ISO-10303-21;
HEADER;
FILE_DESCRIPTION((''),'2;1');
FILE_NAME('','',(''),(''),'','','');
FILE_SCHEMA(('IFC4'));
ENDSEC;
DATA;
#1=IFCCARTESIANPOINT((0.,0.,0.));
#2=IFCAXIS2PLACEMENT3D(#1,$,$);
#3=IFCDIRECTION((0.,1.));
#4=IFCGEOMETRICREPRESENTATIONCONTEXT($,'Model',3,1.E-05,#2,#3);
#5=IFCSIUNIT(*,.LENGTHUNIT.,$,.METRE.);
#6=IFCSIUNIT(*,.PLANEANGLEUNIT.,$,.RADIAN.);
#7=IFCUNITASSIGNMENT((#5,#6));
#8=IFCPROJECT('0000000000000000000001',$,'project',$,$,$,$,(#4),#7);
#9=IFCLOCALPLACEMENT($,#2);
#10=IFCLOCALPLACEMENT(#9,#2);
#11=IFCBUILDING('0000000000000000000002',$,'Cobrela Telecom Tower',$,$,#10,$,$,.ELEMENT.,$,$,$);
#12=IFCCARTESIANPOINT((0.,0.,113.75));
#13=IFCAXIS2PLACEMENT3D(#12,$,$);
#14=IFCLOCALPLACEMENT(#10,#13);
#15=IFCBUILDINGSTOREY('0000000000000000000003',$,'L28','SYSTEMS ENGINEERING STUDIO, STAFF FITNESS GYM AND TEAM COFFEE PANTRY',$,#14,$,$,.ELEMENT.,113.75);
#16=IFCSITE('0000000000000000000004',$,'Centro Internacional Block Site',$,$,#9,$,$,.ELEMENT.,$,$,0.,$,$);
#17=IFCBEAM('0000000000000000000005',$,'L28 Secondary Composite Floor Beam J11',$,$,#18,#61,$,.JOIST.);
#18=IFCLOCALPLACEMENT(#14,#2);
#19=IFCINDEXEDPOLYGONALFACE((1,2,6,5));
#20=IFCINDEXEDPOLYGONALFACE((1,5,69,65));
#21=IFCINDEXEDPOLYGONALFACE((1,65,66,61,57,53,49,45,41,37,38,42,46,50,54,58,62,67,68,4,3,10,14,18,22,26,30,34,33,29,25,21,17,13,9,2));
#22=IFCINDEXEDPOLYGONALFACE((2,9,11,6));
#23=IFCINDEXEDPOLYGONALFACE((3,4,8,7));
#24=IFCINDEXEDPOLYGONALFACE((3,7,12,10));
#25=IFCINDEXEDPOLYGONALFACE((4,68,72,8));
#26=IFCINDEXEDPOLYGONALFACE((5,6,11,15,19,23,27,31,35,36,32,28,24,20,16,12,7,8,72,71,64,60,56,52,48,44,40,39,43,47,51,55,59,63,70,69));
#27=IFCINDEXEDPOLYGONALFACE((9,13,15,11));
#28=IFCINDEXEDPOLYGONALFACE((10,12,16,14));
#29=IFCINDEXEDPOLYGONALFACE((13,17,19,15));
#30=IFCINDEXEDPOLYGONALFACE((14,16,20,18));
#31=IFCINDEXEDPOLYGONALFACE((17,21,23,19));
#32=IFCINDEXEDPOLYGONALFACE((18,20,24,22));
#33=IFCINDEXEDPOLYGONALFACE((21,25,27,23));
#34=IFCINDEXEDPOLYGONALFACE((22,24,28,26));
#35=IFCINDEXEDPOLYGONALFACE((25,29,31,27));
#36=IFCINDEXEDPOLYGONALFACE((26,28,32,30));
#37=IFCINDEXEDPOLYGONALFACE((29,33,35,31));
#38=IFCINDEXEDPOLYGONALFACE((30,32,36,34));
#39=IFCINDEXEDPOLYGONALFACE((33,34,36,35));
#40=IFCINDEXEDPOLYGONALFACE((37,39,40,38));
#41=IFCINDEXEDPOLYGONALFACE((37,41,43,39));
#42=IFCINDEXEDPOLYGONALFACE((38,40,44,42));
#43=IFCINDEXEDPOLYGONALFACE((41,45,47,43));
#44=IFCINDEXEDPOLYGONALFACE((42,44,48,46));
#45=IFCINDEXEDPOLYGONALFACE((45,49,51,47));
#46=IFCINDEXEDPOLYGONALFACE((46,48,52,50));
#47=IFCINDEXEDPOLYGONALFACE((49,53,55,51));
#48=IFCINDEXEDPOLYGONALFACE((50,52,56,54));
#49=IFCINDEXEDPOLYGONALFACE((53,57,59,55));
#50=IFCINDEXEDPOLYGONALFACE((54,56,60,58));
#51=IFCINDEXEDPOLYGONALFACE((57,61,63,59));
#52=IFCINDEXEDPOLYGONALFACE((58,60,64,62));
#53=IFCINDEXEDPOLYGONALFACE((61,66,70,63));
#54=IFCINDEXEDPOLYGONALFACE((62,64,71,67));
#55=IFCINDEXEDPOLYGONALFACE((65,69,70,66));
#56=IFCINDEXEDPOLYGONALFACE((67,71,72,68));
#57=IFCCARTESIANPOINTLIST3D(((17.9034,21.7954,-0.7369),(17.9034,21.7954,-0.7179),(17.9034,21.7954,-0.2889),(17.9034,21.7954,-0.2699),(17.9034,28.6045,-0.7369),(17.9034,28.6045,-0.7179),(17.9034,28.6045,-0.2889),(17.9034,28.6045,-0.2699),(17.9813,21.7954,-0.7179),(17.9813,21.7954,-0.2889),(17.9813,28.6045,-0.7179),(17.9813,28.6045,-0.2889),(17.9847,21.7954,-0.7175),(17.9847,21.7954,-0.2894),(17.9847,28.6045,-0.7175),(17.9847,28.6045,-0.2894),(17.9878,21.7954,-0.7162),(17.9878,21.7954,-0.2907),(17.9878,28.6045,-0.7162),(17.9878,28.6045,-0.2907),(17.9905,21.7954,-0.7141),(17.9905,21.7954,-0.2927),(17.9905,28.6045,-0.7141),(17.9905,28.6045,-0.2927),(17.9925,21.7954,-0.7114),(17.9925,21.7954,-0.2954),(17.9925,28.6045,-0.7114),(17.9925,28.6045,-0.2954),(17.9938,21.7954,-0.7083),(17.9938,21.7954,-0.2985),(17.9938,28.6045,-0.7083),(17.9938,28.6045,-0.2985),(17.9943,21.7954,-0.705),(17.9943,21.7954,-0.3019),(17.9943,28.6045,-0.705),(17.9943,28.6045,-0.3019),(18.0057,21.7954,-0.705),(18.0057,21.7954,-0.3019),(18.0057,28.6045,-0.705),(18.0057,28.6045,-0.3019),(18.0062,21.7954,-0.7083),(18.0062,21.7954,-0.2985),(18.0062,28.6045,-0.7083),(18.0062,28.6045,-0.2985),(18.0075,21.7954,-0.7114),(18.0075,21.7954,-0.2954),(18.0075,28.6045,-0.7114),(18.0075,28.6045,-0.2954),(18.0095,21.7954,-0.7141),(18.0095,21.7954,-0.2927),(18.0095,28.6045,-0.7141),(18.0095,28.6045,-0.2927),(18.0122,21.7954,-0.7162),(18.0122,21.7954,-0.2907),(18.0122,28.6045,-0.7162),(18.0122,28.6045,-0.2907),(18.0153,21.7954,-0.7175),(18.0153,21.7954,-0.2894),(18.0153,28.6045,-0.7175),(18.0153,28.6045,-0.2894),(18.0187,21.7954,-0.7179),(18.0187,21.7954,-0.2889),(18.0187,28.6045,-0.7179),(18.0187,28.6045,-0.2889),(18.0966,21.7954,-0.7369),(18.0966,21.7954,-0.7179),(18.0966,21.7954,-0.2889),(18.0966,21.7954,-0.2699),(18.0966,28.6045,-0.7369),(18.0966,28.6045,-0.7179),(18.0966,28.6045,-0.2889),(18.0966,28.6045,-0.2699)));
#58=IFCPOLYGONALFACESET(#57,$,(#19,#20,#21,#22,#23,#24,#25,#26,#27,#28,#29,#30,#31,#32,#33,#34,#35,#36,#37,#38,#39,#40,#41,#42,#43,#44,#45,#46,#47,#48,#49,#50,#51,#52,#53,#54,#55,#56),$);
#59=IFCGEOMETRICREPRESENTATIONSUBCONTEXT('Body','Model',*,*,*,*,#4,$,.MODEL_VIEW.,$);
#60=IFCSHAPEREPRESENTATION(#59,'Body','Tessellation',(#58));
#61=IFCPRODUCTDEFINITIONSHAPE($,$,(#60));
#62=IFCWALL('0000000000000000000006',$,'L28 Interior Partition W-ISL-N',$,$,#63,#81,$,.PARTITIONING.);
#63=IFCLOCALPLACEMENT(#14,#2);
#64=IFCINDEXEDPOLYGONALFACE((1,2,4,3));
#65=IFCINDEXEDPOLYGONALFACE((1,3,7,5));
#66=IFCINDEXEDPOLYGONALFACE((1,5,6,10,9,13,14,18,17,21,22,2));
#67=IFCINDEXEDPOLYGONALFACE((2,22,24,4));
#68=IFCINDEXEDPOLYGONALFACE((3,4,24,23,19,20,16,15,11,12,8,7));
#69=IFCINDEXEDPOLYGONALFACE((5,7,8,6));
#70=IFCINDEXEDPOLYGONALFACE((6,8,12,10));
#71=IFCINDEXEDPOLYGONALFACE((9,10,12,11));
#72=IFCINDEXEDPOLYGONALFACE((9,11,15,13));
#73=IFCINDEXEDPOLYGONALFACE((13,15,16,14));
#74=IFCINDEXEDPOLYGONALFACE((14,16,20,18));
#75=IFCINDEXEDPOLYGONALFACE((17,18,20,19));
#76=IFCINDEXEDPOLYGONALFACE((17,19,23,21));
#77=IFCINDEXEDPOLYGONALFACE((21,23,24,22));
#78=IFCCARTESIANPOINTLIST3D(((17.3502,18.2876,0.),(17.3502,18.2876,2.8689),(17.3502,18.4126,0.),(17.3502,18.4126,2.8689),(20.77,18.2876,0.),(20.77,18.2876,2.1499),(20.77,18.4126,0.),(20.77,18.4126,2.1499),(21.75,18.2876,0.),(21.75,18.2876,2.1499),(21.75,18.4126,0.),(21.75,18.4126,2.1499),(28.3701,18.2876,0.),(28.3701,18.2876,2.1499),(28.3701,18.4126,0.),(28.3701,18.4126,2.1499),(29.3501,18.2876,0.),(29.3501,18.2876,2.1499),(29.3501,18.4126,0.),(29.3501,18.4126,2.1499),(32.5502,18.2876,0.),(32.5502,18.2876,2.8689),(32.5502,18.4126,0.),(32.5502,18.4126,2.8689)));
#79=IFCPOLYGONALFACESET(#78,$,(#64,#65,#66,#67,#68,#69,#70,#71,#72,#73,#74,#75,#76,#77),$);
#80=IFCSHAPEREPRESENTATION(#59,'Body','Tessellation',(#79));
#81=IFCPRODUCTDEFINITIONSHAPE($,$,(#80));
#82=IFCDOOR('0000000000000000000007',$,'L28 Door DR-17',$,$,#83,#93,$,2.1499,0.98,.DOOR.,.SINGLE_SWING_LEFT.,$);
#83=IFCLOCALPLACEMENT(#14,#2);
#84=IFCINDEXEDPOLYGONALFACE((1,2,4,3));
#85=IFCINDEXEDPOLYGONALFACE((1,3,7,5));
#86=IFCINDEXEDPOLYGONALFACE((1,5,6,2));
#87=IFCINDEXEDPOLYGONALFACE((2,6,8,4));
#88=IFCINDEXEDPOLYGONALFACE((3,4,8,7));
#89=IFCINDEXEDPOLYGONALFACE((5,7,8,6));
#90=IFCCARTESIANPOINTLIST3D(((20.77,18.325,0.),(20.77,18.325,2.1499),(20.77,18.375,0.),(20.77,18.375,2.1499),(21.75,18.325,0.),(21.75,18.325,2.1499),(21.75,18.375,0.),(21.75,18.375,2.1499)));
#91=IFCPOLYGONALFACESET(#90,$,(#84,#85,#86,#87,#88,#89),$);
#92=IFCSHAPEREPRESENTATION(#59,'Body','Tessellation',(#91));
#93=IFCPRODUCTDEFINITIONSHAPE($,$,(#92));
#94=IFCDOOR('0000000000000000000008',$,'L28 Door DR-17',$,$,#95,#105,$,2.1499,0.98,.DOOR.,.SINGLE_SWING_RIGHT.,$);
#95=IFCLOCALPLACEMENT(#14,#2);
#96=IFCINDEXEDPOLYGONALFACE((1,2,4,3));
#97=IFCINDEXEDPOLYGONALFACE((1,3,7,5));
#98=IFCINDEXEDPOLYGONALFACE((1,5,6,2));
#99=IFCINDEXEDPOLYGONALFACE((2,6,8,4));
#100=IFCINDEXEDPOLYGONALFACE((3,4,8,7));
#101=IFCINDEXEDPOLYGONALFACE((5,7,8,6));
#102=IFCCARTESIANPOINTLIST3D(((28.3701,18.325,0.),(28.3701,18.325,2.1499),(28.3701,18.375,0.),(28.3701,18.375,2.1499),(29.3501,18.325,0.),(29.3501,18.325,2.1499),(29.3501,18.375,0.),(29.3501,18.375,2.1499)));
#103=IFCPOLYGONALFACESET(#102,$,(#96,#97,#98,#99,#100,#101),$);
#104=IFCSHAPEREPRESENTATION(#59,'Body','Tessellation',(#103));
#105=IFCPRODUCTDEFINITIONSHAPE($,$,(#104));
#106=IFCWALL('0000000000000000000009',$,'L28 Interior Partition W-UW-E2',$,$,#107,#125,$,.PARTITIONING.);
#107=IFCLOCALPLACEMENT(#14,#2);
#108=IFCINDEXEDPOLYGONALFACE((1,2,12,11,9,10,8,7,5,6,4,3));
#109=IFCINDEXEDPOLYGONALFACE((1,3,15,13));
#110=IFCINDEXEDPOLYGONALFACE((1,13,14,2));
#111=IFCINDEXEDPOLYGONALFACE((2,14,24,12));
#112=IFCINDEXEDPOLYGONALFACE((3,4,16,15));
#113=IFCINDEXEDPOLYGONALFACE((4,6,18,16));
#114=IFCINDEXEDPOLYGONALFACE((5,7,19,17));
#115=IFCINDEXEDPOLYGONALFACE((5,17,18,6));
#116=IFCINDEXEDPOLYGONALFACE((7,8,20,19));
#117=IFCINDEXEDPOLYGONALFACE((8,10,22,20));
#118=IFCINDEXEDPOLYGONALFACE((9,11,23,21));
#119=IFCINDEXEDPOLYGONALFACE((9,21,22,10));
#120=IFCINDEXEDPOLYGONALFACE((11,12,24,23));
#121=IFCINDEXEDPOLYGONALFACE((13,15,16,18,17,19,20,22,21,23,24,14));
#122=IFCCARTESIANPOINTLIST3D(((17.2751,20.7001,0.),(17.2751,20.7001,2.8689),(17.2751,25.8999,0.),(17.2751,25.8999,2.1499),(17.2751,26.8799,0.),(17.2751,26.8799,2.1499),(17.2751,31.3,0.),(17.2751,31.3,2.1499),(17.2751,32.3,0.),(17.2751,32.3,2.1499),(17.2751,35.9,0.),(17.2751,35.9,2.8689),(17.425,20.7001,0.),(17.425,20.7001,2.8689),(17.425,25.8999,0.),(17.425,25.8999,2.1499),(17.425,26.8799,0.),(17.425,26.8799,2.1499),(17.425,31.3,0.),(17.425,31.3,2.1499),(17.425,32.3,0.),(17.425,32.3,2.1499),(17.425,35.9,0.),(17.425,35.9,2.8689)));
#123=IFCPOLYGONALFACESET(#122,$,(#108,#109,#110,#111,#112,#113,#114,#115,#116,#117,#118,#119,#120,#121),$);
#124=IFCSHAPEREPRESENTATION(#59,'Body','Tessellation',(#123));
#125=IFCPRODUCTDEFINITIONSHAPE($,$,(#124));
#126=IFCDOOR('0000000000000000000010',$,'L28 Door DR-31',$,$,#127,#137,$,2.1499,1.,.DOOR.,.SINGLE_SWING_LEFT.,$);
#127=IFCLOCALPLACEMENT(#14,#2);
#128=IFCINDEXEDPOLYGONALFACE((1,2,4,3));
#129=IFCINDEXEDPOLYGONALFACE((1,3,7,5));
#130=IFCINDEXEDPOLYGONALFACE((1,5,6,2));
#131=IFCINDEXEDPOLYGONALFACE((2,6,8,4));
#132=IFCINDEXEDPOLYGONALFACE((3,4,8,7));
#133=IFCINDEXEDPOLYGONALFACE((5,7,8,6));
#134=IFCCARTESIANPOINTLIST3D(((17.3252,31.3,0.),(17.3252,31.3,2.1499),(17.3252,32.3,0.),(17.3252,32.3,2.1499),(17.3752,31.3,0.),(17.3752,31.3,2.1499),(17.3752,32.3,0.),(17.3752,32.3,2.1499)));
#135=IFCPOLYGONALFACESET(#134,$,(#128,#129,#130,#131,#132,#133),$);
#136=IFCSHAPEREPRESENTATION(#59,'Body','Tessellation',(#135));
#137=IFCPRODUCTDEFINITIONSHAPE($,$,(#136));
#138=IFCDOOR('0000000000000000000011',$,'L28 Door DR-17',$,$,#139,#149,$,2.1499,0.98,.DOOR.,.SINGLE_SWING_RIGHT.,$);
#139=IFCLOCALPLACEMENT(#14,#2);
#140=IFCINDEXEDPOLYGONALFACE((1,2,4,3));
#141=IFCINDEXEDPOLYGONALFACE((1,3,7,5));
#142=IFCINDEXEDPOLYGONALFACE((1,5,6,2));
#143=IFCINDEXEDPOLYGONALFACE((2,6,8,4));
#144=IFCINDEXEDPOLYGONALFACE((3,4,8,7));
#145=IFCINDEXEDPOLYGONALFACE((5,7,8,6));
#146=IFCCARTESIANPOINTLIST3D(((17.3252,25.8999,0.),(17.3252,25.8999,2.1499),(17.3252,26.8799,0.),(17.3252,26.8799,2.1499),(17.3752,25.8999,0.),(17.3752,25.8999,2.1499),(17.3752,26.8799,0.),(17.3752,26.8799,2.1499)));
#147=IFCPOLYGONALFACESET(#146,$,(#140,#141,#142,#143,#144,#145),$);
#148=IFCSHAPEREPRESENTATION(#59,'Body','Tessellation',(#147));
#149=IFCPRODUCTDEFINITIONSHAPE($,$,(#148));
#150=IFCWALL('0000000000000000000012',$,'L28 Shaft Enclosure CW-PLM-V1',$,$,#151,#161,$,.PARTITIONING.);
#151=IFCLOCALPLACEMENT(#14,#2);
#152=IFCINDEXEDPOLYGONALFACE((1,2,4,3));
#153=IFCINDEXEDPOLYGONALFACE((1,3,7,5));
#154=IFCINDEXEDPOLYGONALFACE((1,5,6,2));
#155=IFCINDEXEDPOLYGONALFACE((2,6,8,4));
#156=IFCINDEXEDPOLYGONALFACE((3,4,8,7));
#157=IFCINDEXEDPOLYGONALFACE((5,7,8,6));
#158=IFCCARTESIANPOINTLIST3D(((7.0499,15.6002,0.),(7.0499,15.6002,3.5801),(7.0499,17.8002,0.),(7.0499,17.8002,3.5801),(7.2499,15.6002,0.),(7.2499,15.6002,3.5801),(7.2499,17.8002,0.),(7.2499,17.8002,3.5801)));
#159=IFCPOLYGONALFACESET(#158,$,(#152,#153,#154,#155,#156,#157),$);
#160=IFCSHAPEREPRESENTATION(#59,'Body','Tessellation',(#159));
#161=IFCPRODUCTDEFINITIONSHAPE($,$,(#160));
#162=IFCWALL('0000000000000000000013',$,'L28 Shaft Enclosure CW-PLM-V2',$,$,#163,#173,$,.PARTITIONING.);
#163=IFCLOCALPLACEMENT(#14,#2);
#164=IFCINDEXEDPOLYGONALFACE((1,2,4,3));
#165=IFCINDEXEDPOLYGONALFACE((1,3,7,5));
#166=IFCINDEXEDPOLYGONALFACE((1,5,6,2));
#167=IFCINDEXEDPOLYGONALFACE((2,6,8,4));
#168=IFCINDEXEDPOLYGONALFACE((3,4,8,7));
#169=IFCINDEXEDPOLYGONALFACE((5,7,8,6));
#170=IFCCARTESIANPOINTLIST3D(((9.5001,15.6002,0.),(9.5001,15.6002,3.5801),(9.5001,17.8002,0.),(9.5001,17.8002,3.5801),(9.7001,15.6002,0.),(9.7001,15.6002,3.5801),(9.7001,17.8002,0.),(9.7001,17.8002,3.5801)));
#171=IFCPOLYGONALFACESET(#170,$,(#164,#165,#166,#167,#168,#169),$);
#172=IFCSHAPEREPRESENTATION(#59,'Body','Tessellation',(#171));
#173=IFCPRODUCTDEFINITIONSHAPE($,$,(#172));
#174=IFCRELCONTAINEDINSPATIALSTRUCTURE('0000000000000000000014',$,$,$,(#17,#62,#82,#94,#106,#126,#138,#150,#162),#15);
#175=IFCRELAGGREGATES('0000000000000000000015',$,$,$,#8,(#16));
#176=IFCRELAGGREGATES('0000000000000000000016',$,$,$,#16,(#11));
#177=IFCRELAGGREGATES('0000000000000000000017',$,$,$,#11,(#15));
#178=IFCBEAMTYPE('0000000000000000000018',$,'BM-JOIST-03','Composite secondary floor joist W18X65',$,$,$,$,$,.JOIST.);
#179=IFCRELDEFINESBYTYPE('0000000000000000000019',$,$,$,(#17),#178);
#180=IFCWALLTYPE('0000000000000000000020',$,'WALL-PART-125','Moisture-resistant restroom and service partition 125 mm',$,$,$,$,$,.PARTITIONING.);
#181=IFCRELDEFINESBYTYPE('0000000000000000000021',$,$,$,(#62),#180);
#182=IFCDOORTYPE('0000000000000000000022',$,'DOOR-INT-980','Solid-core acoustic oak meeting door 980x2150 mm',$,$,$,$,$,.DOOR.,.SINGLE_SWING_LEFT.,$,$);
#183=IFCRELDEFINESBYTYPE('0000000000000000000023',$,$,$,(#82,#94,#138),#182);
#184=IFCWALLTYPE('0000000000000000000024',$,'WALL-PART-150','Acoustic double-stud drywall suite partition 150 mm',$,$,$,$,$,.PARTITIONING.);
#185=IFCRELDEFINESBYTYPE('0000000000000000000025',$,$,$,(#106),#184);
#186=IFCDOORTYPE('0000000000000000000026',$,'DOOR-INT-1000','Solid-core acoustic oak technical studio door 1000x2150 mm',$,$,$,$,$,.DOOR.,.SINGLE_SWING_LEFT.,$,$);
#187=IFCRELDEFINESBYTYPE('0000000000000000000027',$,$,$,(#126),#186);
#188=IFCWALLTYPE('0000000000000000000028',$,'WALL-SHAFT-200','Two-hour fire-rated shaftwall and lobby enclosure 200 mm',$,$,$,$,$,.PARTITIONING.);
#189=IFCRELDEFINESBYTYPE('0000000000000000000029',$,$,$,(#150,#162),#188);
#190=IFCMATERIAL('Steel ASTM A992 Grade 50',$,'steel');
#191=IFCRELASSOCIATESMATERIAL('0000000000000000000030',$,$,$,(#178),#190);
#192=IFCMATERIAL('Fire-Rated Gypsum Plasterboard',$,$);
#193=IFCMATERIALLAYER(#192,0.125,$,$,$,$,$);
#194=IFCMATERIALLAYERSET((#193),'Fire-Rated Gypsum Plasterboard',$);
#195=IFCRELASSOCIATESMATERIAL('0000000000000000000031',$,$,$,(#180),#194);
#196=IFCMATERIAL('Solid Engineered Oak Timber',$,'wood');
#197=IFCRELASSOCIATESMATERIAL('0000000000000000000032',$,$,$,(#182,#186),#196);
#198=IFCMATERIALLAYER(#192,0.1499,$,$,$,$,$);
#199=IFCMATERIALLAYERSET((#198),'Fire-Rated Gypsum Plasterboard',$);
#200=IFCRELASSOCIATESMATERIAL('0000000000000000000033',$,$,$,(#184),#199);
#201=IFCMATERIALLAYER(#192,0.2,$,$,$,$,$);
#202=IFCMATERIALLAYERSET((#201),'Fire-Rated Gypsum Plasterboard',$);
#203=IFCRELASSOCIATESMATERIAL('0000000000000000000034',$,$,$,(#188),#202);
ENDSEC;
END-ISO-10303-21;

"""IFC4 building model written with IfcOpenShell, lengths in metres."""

from ifc_helpers import new_model, si_unit, direction, frame, frame_2d, origin, origin_2d, place, context, subcontext, project, spatial, rectangle, i_section, extrude, material, layer, layer_set, material_profile, profile_set, type_object, element, fill, save


model = new_model("IFC4")

# Units and contexts
model_context = context("Model", 3, precision=1e-05, world=origin(), true_north=direction((0.0, 1.0)))
body_context = subcontext(model_context, "Body", "Model", "MODEL_VIEW")
ifc_project = project(units=[si_unit("LENGTHUNIT", "METRE"), si_unit("PLANEANGLEUNIT", "RADIAN")], contexts=[model_context])

# Site, building, storey
site_placement = place(None, origin())
site = spatial("IfcSite", under=ifc_project, at=site_placement, Name="Centro Internacional Block Site", CompositionType="ELEMENT", RefElevation=0.0)
building_placement = place(site_placement, origin())
building = spatial("IfcBuilding", under=site, at=building_placement, Name="Cobrela Telecom Tower", CompositionType="ELEMENT")
storey_placement = place(building_placement, frame((0.0, 0.0, 113.75)))
storey = spatial("IfcBuildingStorey", under=building, at=storey_placement, Name="L28", Description="SYSTEMS ENGINEERING STUDIO, STAFF FITNESS GYM AND TEAM COFFEE PANTRY", CompositionType="ELEMENT", Elevation=113.75)

# Beam
ifc_material_1 = material(Name="Steel ASTM A992 Grade 50", Category="steel")
ifc_material_profile_1 = material_profile(ifc_material_1, i_section(OverallWidth=0.1931, OverallDepth=0.467, WebThickness=0.0115, FlangeThickness=0.019, FilletRadius=0.0129, at=origin_2d()), Name="W18X65")
ifc_profile_set_1 = profile_set([ifc_material_profile_1], Name="Steel ASTM A992 Grade 50")
beam_type_1 = type_object("IfcBeamType", Name="BM-JOIST-03", Description="Composite secondary floor joist W18X65", PredefinedType="JOIST", material=ifc_profile_set_1)
for number, where, z_axis, x_axis, name in (
    (1, (18.0, 21.7954, -0.5034), (0.0, 1.0, 0.0), (-1.0, 0.0, 0.0), "L28 Secondary Composite Floor Beam J11"),
):
    element("IfcBeam", number, at=place(storey_placement, frame(where, z_axis=z_axis, x_axis=x_axis)), inside=storey, type_object=beam_type_1, Name=name, PredefinedType="JOIST", context=body_context, shape_type="SweptSolid", body=[
        extrude(i_section(OverallWidth=0.1931, OverallDepth=0.467, WebThickness=0.0115, FlangeThickness=0.019, FilletRadius=0.0129, at=origin_2d()), origin(), (0.0, 0.0, 1.0), 6.8091),
    ])

# Walls, openings, doors
ifc_material_2 = material(Name="Fire-Rated Gypsum Plasterboard")
ifc_layer_1 = layer(ifc_material_2, 0.125)
ifc_layer_set_1 = layer_set([ifc_layer_1], Name="Fire-Rated Gypsum Plasterboard")
wall_type_1 = type_object("IfcWallType", Name="WALL-PART-125", Description="Moisture-resistant restroom and service partition 125 mm", PredefinedType="PARTITIONING", material=ifc_layer_set_1)
wall_1_placement = place(storey_placement, frame((17.3501, 18.3501, 0.0), z_axis=(0.0, 0.0, 1.0), x_axis=(1.0, 0.0, 0.0)))
wall_1 = element("IfcWall", 2, at=wall_1_placement, inside=storey, type_object=wall_type_1, Name="L28 Interior Partition W-ISL-N", PredefinedType="PARTITIONING", context=body_context, shape_type="SweptSolid", body=[
    extrude(rectangle(XDim=15.2, YDim=0.125, at=frame_2d((7.6001, 0.0))), origin(), (0.0, 0.0, 1.0), 2.8689),
])
opening_1_placement = place(wall_1_placement, frame((3.4199, 0.0, 0.0)))
opening_1 = element("IfcOpeningElement", 3, at=opening_1_placement, cuts=wall_1, PredefinedType="OPENING", context=body_context, shape_type="SweptSolid", body=[
    extrude(rectangle(XDim=0.98, YDim=2.1499, at=frame_2d((0.49, 1.075))), frame((0.0, 0.0745, 0.0), z_axis=(0.0, -1.0, 0.0), x_axis=(1.0, 0.0, 0.0)), (0.0, 0.0, 1.0), 0.1489),
])
opening_2_placement = place(wall_1_placement, frame((11.02, 0.0, 0.0)))
opening_2 = element("IfcOpeningElement", 4, at=opening_2_placement, cuts=wall_1, PredefinedType="OPENING", context=body_context, shape_type="SweptSolid", body=[
    extrude(rectangle(XDim=0.98, YDim=2.1499, at=frame_2d((0.49, 1.075))), frame((0.0, 0.0745, 0.0), z_axis=(0.0, -1.0, 0.0), x_axis=(1.0, 0.0, 0.0)), (0.0, 0.0, 1.0), 0.1489),
])
ifc_material_3 = material(Name="Solid Engineered Oak Timber", Category="wood")
door_type_1 = type_object("IfcDoorType", Name="DOOR-INT-980", Description="Solid-core acoustic oak meeting door 980x2150 mm", OperationType="SINGLE_SWING_LEFT", PredefinedType="DOOR", material=ifc_material_3)
door_1_placement = place(opening_1_placement, origin())
door_1 = element("IfcDoor", 5, at=door_1_placement, inside=storey, type_object=door_type_1, Name="L28 Door DR-17", OperationType="SINGLE_SWING_LEFT", OverallHeight=2.1499, OverallWidth=0.98, PredefinedType="DOOR", context=body_context, shape_type="SweptSolid", body=[
    extrude(rectangle(XDim=0.98, YDim=2.1499, at=frame_2d((0.49, 1.075))), frame((0.0, 0.0249, 0.0), z_axis=(0.0, -1.0, 0.0), x_axis=(1.0, 0.0, 0.0)), (0.0, 0.0, 1.0), 0.05),
])
fill(opening_1, door_1)
door_2_placement = place(opening_2_placement, origin())
door_2 = element("IfcDoor", 6, at=door_2_placement, inside=storey, type_object=door_type_1, Name="L28 Door DR-17", OperationType="SINGLE_SWING_RIGHT", OverallHeight=2.1499, OverallWidth=0.98, PredefinedType="DOOR", context=body_context, shape_type="SweptSolid", body=[
    extrude(rectangle(XDim=0.98, YDim=2.1499, at=frame_2d((0.49, 1.075))), frame((0.0, 0.0249, 0.0), z_axis=(0.0, -1.0, 0.0), x_axis=(1.0, 0.0, 0.0)), (0.0, 0.0, 1.0), 0.05),
])
fill(opening_2, door_2)
ifc_layer_2 = layer(ifc_material_2, 0.1499)
ifc_layer_set_2 = layer_set([ifc_layer_2], Name="Fire-Rated Gypsum Plasterboard")
wall_type_2 = type_object("IfcWallType", Name="WALL-PART-150", Description="Acoustic double-stud drywall suite partition 150 mm", PredefinedType="PARTITIONING", material=ifc_layer_set_2)
wall_2_placement = place(storey_placement, frame((17.3501, 20.7, 0.0), z_axis=(0.0, 0.0, 1.0), x_axis=(0.0, 1.0, 0.0)))
wall_2 = element("IfcWall", 7, at=wall_2_placement, inside=storey, type_object=wall_type_2, Name="L28 Interior Partition W-UW-E2", PredefinedType="PARTITIONING", context=body_context, shape_type="SweptSolid", body=[
    extrude(rectangle(XDim=15.2, YDim=0.1499, at=frame_2d((7.6001, 0.0))), origin(), (0.0, 0.0, 1.0), 2.8689),
])
opening_3_placement = place(wall_2_placement, frame((5.2, 0.0, 0.0)))
opening_3 = element("IfcOpeningElement", 8, at=opening_3_placement, cuts=wall_2, PredefinedType="OPENING", context=body_context, shape_type="SweptSolid", body=[
    extrude(rectangle(XDim=0.98, YDim=2.1499, at=frame_2d((0.49, 1.075))), frame((0.0, 0.0869, 0.0), z_axis=(0.0, -1.0, 0.0), x_axis=(1.0, 0.0, 0.0)), (0.0, 0.0, 1.0), 0.1738),
])
opening_4_placement = place(wall_2_placement, frame((10.6001, 0.0, 0.0)))
opening_4 = element("IfcOpeningElement", 9, at=opening_4_placement, cuts=wall_2, PredefinedType="OPENING", context=body_context, shape_type="SweptSolid", body=[
    extrude(rectangle(XDim=1.0, YDim=2.1499, at=frame_2d((0.5, 1.075))), frame((0.0, 0.0869, 0.0), z_axis=(0.0, -1.0, 0.0), x_axis=(1.0, 0.0, 0.0)), (0.0, 0.0, 1.0), 0.1738),
])
door_type_2 = type_object("IfcDoorType", Name="DOOR-INT-1000", Description="Solid-core acoustic oak technical studio door 1000x2150 mm", OperationType="SINGLE_SWING_LEFT", PredefinedType="DOOR", material=ifc_material_3)
door_3_placement = place(opening_4_placement, origin())
door_3 = element("IfcDoor", 10, at=door_3_placement, inside=storey, type_object=door_type_2, Name="L28 Door DR-31", OperationType="SINGLE_SWING_LEFT", OverallHeight=2.1499, OverallWidth=1.0, PredefinedType="DOOR", context=body_context, shape_type="SweptSolid", body=[
    extrude(rectangle(XDim=1.0, YDim=2.1499, at=frame_2d((0.5, 1.075))), frame((0.0, 0.0249, 0.0), z_axis=(0.0, -1.0, 0.0), x_axis=(1.0, 0.0, 0.0)), (0.0, 0.0, 1.0), 0.05),
])
fill(opening_4, door_3)
door_4_placement = place(opening_3_placement, origin())
door_4 = element("IfcDoor", 11, at=door_4_placement, inside=storey, type_object=door_type_1, Name="L28 Door DR-17", OperationType="SINGLE_SWING_RIGHT", OverallHeight=2.1499, OverallWidth=0.98, PredefinedType="DOOR", context=body_context, shape_type="SweptSolid", body=[
    extrude(rectangle(XDim=0.98, YDim=2.1499, at=frame_2d((0.49, 1.075))), frame((0.0, 0.0249, 0.0), z_axis=(0.0, -1.0, 0.0), x_axis=(1.0, 0.0, 0.0)), (0.0, 0.0, 1.0), 0.05),
])
fill(opening_3, door_4)

# Walls
ifc_layer_3 = layer(ifc_material_2, 0.2)
ifc_layer_set_3 = layer_set([ifc_layer_3], Name="Fire-Rated Gypsum Plasterboard")
wall_type_3 = type_object("IfcWallType", Name="WALL-SHAFT-200", Description="Two-hour fire-rated shaftwall and lobby enclosure 200 mm", PredefinedType="PARTITIONING", material=ifc_layer_set_3)
for number, where, z_axis, x_axis, name in (
    (12, (7.1499, 15.6001, 0.0), (0.0, 0.0, 1.0), (0.0, 1.0, 0.0), "L28 Shaft Enclosure CW-PLM-V1"),
    (13, (9.6001, 15.6001, 0.0), (0.0, 0.0, 1.0), (0.0, 1.0, 0.0), "L28 Shaft Enclosure CW-PLM-V2"),
):
    element("IfcWall", number, at=place(storey_placement, frame(where, z_axis=z_axis, x_axis=x_axis)), inside=storey, type_object=wall_type_3, Name=name, PredefinedType="PARTITIONING", context=body_context, shape_type="SweptSolid", body=[
        extrude(rectangle(XDim=2.2, YDim=0.2, at=frame_2d((1.1001, 0.0))), origin(), (0.0, 0.0, 1.0), 3.5801),
    ])

save(model, "model.ifc")
